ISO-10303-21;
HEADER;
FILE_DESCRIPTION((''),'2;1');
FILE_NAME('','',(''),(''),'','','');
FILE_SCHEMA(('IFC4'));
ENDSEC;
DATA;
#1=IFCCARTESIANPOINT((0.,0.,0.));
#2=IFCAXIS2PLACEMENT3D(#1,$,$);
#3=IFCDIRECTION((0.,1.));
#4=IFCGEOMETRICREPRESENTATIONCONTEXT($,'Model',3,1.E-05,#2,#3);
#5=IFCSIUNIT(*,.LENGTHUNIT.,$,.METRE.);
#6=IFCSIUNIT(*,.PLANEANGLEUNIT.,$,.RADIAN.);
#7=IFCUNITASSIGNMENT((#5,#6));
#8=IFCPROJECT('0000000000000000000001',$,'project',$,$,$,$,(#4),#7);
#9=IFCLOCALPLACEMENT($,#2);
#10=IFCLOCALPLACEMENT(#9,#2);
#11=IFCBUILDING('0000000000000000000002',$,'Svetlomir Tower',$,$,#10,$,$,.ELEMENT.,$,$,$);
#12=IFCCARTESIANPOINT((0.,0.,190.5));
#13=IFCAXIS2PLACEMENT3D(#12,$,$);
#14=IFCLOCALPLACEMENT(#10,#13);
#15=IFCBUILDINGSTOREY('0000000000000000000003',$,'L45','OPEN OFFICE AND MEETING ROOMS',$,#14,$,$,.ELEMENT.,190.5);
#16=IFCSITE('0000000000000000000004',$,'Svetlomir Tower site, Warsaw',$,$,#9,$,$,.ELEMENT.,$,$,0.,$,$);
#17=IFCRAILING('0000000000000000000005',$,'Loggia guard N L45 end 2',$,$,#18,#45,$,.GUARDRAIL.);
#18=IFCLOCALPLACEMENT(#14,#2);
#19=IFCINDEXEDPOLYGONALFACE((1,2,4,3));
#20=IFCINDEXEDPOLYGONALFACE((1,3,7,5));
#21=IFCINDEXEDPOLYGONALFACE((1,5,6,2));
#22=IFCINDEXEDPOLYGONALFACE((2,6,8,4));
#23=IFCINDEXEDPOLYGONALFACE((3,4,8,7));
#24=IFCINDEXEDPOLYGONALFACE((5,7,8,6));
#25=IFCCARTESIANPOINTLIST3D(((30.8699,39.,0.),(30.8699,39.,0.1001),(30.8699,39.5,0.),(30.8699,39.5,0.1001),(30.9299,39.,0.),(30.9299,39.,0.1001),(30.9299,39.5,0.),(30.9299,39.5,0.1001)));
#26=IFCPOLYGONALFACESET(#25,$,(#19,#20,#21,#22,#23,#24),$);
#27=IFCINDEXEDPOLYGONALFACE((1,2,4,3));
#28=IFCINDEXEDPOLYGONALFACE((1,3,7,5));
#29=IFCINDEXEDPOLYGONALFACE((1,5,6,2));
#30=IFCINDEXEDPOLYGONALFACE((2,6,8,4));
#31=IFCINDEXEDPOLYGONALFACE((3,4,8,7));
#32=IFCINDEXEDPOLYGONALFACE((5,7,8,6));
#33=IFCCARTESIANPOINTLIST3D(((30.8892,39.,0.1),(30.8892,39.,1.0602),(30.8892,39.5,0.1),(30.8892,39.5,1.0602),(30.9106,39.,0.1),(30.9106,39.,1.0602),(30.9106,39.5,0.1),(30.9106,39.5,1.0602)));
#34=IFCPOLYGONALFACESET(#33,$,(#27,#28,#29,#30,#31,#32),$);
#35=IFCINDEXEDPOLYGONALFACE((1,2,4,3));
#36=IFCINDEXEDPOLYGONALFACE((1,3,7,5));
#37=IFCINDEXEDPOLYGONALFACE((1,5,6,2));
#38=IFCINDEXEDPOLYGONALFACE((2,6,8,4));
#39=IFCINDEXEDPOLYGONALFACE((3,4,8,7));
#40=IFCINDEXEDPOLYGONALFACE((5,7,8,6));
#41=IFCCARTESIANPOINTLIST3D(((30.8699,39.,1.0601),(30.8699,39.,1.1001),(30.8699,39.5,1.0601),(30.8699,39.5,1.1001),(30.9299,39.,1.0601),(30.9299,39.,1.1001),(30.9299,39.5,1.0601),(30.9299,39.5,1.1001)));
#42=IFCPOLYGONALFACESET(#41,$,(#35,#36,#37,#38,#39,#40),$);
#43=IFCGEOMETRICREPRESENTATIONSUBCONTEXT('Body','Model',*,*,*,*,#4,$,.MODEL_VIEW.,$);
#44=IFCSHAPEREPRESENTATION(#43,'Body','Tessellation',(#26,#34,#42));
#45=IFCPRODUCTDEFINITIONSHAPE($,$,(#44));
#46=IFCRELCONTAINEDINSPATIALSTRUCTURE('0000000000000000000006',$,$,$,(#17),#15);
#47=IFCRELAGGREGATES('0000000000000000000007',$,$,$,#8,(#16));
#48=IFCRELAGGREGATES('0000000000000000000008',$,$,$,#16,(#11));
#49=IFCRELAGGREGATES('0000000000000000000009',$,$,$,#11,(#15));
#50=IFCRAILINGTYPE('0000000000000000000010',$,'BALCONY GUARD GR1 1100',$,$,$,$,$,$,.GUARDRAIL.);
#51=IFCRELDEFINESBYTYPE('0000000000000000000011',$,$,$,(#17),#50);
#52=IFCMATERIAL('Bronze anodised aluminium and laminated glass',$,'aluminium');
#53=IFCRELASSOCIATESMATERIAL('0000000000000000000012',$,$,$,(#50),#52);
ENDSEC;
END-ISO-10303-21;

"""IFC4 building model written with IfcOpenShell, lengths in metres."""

from ifc_helpers import new_model, si_unit, direction, frame, origin, origin_2d, place, context, subcontext, project, spatial, rectangle, extrude, material, type_object, element, save


model = new_model("IFC4")

# Units and contexts
model_context = context("Model", 3, precision=1e-05, world=origin(), true_north=direction((0.0, 1.0)))
body_context = subcontext(model_context, "Body", "Model", "MODEL_VIEW")
ifc_project = project(units=[si_unit("LENGTHUNIT", "METRE"), si_unit("PLANEANGLEUNIT", "RADIAN")], contexts=[model_context])

# Site, building, storey
site_placement = place(None, origin())
site = spatial("IfcSite", under=ifc_project, at=site_placement, Name="Svetlomir Tower site, Warsaw", CompositionType="ELEMENT", RefElevation=0.0)
building_placement = place(site_placement, origin())
building = spatial("IfcBuilding", under=site, at=building_placement, Name="Svetlomir Tower", CompositionType="ELEMENT")
storey_placement = place(building_placement, frame((0.0, 0.0, 190.5)))
storey = spatial("IfcBuildingStorey", under=building, at=storey_placement, Name="L45", Description="OPEN OFFICE AND MEETING ROOMS", CompositionType="ELEMENT", Elevation=190.5)

# Railing
ifc_material_1 = material(Name="Bronze anodised aluminium and laminated glass", Category="aluminium")
railing_type = type_object("IfcRailingType", Name="BALCONY GUARD GR1 1100", PredefinedType="GUARDRAIL", material=ifc_material_1)
railing_1_placement = place(storey_placement, frame((30.8999, 39.5, 0.0)))
element("IfcRailing", 1, at=railing_1_placement, inside=storey, type_object=railing_type, Name="Loggia guard N L45 end 2", PredefinedType="GUARDRAIL", context=body_context, shape_type="SweptSolid", body=[
    extrude(rectangle(XDim=0.0601, YDim=0.1001, at=origin_2d()), frame((0.0, 0.0, 0.05), z_axis=(0.0, -1.0, 0.0), x_axis=(1.0, 0.0, 0.0)), (0.0, 0.0, 1.0), 0.5),
    extrude(rectangle(XDim=0.0215, YDim=0.9602, at=origin_2d()), frame((0.0, 0.0, 0.5801), z_axis=(0.0, -1.0, 0.0), x_axis=(1.0, 0.0, 0.0)), (0.0, 0.0, 1.0), 0.5),
    extrude(rectangle(XDim=0.0601, YDim=0.04, at=origin_2d()), frame((0.0, 0.0, 1.0801), z_axis=(0.0, -1.0, 0.0), x_axis=(1.0, 0.0, 0.0)), (0.0, 0.0, 1.0), 0.5),
])

save(model, "model.ifc")
